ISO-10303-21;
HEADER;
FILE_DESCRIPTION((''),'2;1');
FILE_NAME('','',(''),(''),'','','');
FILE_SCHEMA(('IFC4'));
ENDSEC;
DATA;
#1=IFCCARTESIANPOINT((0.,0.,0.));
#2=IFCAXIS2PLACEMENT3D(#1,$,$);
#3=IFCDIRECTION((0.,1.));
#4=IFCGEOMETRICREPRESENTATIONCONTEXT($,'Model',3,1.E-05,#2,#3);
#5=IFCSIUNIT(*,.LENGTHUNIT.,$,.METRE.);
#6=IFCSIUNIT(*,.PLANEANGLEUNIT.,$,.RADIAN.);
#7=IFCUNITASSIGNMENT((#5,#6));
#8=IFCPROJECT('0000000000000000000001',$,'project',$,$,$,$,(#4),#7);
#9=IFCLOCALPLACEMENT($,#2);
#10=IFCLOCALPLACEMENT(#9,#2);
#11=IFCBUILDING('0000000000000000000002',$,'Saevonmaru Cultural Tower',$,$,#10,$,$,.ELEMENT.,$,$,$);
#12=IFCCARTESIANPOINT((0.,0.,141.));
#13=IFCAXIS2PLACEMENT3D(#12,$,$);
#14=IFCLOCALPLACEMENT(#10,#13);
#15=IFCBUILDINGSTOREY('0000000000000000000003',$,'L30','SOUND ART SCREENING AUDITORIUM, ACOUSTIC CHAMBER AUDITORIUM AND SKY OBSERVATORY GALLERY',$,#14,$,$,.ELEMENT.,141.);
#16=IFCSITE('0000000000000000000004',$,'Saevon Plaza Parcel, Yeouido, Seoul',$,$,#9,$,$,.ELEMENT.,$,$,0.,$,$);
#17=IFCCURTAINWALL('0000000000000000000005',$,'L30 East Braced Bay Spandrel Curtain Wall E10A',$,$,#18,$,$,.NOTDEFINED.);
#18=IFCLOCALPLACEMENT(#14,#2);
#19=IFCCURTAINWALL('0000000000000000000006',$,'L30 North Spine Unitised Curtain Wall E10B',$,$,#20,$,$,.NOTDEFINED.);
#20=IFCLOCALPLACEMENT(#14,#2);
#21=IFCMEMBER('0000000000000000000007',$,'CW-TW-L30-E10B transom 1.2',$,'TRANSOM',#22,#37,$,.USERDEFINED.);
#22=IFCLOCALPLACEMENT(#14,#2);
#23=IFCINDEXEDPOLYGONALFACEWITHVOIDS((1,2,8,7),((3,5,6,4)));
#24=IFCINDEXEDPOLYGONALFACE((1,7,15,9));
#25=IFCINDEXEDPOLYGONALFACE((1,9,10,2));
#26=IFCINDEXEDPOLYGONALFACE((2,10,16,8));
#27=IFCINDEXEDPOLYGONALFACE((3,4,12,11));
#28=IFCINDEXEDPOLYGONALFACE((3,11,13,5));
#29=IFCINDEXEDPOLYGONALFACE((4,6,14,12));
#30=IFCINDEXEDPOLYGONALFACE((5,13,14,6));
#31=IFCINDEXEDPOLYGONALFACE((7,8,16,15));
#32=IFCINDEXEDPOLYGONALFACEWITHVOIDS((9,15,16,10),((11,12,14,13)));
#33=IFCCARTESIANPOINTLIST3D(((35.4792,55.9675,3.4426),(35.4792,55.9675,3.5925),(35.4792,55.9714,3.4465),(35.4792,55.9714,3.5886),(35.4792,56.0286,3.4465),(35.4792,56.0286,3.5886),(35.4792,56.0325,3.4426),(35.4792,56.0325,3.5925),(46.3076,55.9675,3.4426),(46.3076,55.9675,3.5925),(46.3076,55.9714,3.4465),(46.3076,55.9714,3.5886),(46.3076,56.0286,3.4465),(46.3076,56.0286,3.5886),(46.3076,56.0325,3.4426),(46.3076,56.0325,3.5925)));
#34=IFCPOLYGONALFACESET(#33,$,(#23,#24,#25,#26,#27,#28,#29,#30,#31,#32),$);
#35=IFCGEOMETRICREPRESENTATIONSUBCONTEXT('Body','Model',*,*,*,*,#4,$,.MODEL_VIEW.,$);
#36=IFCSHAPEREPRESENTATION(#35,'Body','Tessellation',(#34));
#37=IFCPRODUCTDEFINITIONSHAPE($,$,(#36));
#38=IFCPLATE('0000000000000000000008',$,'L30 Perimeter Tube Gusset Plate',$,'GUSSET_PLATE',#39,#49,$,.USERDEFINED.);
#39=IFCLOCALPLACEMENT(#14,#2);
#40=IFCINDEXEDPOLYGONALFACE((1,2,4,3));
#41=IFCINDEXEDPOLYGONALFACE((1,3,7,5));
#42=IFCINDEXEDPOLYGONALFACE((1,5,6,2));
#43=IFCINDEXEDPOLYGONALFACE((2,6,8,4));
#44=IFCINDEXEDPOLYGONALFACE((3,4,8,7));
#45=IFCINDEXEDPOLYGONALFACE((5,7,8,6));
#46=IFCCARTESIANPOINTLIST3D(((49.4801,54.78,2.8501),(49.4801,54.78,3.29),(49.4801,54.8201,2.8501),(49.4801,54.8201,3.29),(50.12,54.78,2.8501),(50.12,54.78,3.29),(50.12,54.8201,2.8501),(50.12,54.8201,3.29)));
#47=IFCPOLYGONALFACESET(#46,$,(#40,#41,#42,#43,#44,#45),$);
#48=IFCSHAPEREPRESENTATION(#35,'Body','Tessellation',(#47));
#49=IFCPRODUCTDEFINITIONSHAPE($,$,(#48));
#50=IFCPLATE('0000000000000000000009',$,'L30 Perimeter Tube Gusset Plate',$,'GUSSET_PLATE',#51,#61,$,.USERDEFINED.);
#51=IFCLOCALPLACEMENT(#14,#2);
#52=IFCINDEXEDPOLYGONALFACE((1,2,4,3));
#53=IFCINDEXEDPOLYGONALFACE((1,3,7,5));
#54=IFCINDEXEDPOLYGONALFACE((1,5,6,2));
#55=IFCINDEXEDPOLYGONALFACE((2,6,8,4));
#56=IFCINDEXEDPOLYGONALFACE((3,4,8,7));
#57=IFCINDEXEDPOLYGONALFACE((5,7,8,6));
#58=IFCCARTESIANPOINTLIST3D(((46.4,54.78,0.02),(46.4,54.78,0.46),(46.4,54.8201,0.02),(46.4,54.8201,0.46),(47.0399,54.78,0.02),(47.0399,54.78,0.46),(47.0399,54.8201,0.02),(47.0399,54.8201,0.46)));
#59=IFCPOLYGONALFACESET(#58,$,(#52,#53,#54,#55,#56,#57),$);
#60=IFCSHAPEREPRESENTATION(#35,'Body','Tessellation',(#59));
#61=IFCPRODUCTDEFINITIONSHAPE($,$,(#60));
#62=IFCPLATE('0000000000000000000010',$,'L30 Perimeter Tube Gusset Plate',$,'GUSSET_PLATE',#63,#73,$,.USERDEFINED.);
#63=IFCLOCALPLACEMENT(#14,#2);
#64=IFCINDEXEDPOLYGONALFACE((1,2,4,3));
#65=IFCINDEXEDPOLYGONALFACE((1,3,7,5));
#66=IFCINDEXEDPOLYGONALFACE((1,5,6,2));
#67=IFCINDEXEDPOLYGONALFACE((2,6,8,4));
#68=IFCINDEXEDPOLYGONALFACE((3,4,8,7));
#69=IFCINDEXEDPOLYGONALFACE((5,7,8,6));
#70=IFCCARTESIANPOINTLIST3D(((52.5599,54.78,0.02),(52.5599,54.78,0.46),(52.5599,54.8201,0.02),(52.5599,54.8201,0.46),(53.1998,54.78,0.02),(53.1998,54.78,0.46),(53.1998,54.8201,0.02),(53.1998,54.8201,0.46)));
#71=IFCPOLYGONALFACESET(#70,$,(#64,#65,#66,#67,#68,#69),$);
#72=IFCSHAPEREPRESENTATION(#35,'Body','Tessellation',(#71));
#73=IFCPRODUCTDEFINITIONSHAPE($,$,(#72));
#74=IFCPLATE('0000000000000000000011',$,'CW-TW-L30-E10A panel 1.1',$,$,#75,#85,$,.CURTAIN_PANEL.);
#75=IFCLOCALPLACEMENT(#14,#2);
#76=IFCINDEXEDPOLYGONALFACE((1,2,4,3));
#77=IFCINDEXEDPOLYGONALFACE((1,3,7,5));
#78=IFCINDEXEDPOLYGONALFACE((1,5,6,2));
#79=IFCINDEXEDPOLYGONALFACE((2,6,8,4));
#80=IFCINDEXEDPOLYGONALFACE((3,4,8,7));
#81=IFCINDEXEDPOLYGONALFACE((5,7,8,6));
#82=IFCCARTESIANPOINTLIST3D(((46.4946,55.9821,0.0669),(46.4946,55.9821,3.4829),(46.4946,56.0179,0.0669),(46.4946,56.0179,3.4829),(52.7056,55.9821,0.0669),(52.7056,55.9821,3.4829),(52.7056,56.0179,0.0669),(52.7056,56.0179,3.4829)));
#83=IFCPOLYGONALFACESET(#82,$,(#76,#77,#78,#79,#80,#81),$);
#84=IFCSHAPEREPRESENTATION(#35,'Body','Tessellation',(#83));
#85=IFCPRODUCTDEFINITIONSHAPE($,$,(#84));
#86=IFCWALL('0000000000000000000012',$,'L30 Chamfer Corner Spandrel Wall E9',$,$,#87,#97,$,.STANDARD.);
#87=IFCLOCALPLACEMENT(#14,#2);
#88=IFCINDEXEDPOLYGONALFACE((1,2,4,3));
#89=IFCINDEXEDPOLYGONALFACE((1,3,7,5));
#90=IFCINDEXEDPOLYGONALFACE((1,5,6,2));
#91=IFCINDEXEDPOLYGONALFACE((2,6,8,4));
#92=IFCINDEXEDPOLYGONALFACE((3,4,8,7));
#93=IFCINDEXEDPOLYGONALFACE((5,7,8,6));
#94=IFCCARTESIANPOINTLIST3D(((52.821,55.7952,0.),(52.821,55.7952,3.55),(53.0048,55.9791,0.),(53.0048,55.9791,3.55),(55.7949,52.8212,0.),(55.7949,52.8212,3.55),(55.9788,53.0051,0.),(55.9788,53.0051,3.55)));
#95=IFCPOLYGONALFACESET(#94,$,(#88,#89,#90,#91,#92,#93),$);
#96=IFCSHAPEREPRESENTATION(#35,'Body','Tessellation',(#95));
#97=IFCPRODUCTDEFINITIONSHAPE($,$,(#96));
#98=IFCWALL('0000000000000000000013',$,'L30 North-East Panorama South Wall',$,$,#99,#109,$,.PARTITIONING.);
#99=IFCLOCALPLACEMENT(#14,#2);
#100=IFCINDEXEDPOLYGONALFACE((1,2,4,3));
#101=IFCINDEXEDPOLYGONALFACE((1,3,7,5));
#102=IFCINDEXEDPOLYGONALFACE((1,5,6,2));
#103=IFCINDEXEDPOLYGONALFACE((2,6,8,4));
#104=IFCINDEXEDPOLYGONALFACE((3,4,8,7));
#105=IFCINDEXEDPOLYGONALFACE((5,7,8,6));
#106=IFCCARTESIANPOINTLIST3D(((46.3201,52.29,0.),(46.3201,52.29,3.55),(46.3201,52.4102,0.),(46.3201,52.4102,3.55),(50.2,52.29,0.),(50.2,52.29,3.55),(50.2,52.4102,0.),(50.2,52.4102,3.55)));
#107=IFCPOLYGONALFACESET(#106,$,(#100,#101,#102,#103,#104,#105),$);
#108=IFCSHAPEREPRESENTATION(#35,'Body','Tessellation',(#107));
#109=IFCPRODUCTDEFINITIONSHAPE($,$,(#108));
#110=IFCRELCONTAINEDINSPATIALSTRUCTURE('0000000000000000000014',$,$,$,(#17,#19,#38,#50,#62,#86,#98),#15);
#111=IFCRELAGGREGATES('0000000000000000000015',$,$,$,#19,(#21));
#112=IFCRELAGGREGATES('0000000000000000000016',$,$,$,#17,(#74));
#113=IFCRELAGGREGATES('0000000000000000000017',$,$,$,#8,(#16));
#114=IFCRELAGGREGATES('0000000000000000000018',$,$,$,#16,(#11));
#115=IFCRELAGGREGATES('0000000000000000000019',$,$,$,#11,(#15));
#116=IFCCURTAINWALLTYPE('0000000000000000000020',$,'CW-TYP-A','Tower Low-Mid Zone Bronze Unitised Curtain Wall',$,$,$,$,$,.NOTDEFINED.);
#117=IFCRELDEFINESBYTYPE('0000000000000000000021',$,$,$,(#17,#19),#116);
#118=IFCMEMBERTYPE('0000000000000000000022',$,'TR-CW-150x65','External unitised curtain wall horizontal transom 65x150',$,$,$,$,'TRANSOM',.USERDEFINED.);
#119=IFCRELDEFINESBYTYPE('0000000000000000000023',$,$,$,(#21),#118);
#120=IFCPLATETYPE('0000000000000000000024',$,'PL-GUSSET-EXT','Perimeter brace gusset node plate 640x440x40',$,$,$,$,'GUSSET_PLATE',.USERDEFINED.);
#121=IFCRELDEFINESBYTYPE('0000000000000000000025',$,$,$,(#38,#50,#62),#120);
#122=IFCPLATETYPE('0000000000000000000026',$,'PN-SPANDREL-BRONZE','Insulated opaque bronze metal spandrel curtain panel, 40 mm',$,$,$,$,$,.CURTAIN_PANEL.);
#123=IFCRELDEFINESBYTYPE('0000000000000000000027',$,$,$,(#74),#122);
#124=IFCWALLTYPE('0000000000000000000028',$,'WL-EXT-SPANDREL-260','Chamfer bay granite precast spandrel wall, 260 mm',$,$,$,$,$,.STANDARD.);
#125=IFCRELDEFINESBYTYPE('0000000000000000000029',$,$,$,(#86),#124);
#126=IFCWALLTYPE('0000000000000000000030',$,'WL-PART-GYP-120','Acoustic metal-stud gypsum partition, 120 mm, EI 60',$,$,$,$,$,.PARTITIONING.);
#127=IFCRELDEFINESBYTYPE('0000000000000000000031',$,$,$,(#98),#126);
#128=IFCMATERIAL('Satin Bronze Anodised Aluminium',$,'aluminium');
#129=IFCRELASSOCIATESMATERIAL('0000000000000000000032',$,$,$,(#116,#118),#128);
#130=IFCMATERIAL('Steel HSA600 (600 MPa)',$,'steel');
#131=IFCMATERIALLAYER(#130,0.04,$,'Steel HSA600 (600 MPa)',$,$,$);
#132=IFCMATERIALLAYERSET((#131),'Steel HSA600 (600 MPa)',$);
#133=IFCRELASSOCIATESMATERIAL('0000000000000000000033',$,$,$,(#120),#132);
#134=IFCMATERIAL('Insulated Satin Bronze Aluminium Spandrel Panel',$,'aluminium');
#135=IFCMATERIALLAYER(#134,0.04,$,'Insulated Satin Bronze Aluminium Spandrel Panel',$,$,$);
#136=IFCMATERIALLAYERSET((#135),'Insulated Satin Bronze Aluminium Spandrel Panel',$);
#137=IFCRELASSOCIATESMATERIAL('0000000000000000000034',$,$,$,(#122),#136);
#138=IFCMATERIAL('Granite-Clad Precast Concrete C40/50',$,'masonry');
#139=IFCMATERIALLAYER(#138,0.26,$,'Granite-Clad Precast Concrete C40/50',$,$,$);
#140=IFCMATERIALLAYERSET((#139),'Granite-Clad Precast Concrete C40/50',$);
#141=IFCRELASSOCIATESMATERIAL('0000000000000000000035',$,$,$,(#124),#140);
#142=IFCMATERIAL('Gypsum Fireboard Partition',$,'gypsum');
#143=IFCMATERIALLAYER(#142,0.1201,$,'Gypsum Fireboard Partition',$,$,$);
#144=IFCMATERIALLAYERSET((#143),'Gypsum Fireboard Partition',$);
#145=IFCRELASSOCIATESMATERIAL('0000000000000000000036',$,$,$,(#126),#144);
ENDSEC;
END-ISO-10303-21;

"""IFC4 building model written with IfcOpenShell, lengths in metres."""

from ifc_helpers import new_model, si_unit, direction, frame, frame_2d, origin, origin_2d, place, context, subcontext, project, spatial, rectangle, hollow_rectangle, extrude, material, layer, layer_set, material_profile, profile_set, type_object, element, aggregate, save


model = new_model("IFC4")

# Units and contexts
model_context = context("Model", 3, precision=1e-05, world=origin(), true_north=direction((0.0, 1.0)))
body_context = subcontext(model_context, "Body", "Model", "MODEL_VIEW")
ifc_project = project(units=[si_unit("LENGTHUNIT", "METRE"), si_unit("PLANEANGLEUNIT", "RADIAN")], contexts=[model_context])

# Site, building, storey
site_placement = place(None, origin())
site = spatial("IfcSite", under=ifc_project, at=site_placement, Name="Saevon Plaza Parcel, Yeouido, Seoul", CompositionType="ELEMENT", RefElevation=0.0)
building_placement = place(site_placement, origin())
building = spatial("IfcBuilding", under=site, at=building_placement, Name="Saevonmaru Cultural Tower", CompositionType="ELEMENT")
storey_placement = place(building_placement, frame((0.0, 0.0, 141.0)))
storey = spatial("IfcBuildingStorey", under=building, at=storey_placement, Name="L30", Description="SOUND ART SCREENING AUDITORIUM, ACOUSTIC CHAMBER AUDITORIUM AND SKY OBSERVATORY GALLERY", CompositionType="ELEMENT", Elevation=141.0)

# Shared definitions
ifc_material_1 = material(Name="Satin Bronze Anodised Aluminium", Category="aluminium")
curtain_wall_type = type_object("IfcCurtainWallType", Name="CW-TYP-A", Description="Tower Low-Mid Zone Bronze Unitised Curtain Wall", PredefinedType="NOTDEFINED", material=ifc_material_1)

# Curtain wall
curtain_wall_1_placement = place(storey_placement, origin())
curtain_wall_1 = element("IfcCurtainWall", 1, at=curtain_wall_1_placement, inside=storey, type_object=curtain_wall_type, Name="L30 East Braced Bay Spandrel Curtain Wall E10A", PredefinedType="NOTDEFINED")

# Curtain wall
curtain_wall_2_placement = place(storey_placement, origin())
curtain_wall_2 = element("IfcCurtainWall", 2, at=curtain_wall_2_placement, inside=storey, type_object=curtain_wall_type, Name="L30 North Spine Unitised Curtain Wall E10B", PredefinedType="NOTDEFINED")

# Member
ifc_material_profile_1 = material_profile(ifc_material_1, hollow_rectangle(XDim=0.0649, YDim=0.1499, WallThickness=0.0039, at=origin_2d()), Name="ALU-TRAN-150x65x4")
ifc_profile_set_1 = profile_set([ifc_material_profile_1], Name="Satin Bronze Anodised Aluminium")
member_type_1 = type_object("IfcMemberType", Name="TR-CW-150x65", Description="External unitised curtain wall horizontal transom 65x150", ElementType="TRANSOM", PredefinedType="USERDEFINED", material=ifc_profile_set_1)
member_1_placement = place(storey_placement, frame((46.3076, 56.0, 3.5176), z_axis=(-1.0, 0.0, 0.0), x_axis=(0.0, -1.0, 0.0)))
member_1 = element("IfcMember", 3, at=member_1_placement, type_object=member_type_1, Name="CW-TW-L30-E10B transom 1.2", ObjectType="TRANSOM", PredefinedType="USERDEFINED", context=body_context, shape_type="SweptSolid", body=[
    extrude(hollow_rectangle(XDim=0.0649, YDim=0.1499, WallThickness=0.0039, at=origin_2d()), origin(), (0.0, 0.0, 1.0), 10.8284),
])
aggregate(curtain_wall_2, [member_1])

# Plates
ifc_material_2 = material(Name="Steel HSA600 (600 MPa)", Category="steel")
ifc_layer_1 = layer(ifc_material_2, 0.04, Name="Steel HSA600 (600 MPa)")
ifc_layer_set_1 = layer_set([ifc_layer_1], Name="Steel HSA600 (600 MPa)")
plate_type_1 = type_object("IfcPlateType", Name="PL-GUSSET-EXT", Description="Perimeter brace gusset node plate 640x440x40", ElementType="GUSSET_PLATE", PredefinedType="USERDEFINED", material=ifc_layer_set_1)
for number, where, z_axis, x_axis, name in (
    (4, (49.8, 54.8, 2.8501), (0.0, 0.0, 1.0), (1.0, 0.0, 0.0), "L30 Perimeter Tube Gusset Plate"),
    (5, (46.72, 54.8, 0.02), (0.0, 0.0, 1.0), (1.0, 0.0, 0.0), "L30 Perimeter Tube Gusset Plate"),
    (6, (52.8799, 54.8, 0.02), (0.0, 0.0, 1.0), (1.0, 0.0, 0.0), "L30 Perimeter Tube Gusset Plate"),
):
    element("IfcPlate", number, at=place(storey_placement, frame(where, z_axis=z_axis, x_axis=x_axis)), inside=storey, type_object=plate_type_1, Name=name, ObjectType="GUSSET_PLATE", PredefinedType="USERDEFINED", context=body_context, shape_type="SweptSolid", body=[
        extrude(rectangle(XDim=0.6399, YDim=0.04, at=origin_2d()), origin(), (0.0, 0.0, 1.0), 0.4399),
    ])

# Plate
ifc_material_3 = material(Name="Insulated Satin Bronze Aluminium Spandrel Panel", Category="aluminium")
ifc_layer_2 = layer(ifc_material_3, 0.04, Name="Insulated Satin Bronze Aluminium Spandrel Panel")
ifc_layer_set_2 = layer_set([ifc_layer_2], Name="Insulated Satin Bronze Aluminium Spandrel Panel")
plate_type_2 = type_object("IfcPlateType", Name="PN-SPANDREL-BRONZE", Description="Insulated opaque bronze metal spandrel curtain panel, 40 mm", PredefinedType="CURTAIN_PANEL", material=ifc_layer_set_2)
plate_placement = place(storey_placement, frame((49.6001, 56.0, 0.0669), z_axis=(0.0, 0.0, 1.0), x_axis=(-1.0, 0.0, 0.0)))
plate = element("IfcPlate", 7, at=plate_placement, type_object=plate_type_2, Name="CW-TW-L30-E10A panel 1.1", PredefinedType="CURTAIN_PANEL", context=body_context, shape_type="SweptSolid", body=[
    extrude(rectangle(XDim=6.2109, YDim=0.0359, at=origin_2d()), origin(), (0.0, 0.0, 1.0), 3.416),
])
aggregate(curtain_wall_1, [plate])

# Wall
ifc_material_4 = material(Name="Granite-Clad Precast Concrete C40/50", Category="masonry")
ifc_layer_3 = layer(ifc_material_4, 0.26, Name="Granite-Clad Precast Concrete C40/50")
ifc_layer_set_3 = layer_set([ifc_layer_3], Name="Granite-Clad Precast Concrete C40/50")
wall_type_1 = type_object("IfcWallType", Name="WL-EXT-SPANDREL-260", Description="Chamfer bay granite precast spandrel wall, 260 mm", PredefinedType="STANDARD", material=ifc_layer_set_3)
wall_1_placement = place(storey_placement, frame((55.887, 52.9131, 0.0), z_axis=(0.0, 0.0, 1.0), x_axis=(-0.707107, 0.707107, 0.0)))
element("IfcWall", 8, at=wall_1_placement, inside=storey, type_object=wall_type_1, Name="L30 Chamfer Corner Spandrel Wall E9", PredefinedType="STANDARD", context=body_context, shape_type="SweptSolid", body=[
    extrude(rectangle(XDim=4.2058, YDim=0.26, at=frame_2d((2.103, 0.0))), origin(), (0.0, 0.0, 1.0), 3.55),
])

# Shared definitions
ifc_material_5 = material(Name="Gypsum Fireboard Partition", Category="gypsum")

# Wall
ifc_layer_4 = layer(ifc_material_5, 0.1201, Name="Gypsum Fireboard Partition")
ifc_layer_set_4 = layer_set([ifc_layer_4], Name="Gypsum Fireboard Partition")
wall_type_2 = type_object("IfcWallType", Name="WL-PART-GYP-120", Description="Acoustic metal-stud gypsum partition, 120 mm, EI 60", PredefinedType="PARTITIONING", material=ifc_layer_set_4)
wall_2_placement = place(storey_placement, frame((46.3201, 52.3501, 0.0), z_axis=(0.0, 0.0, 1.0), x_axis=(1.0, 0.0, 0.0)))
element("IfcWall", 9, at=wall_2_placement, inside=storey, type_object=wall_type_2, Name="L30 North-East Panorama South Wall", PredefinedType="PARTITIONING", context=body_context, shape_type="SweptSolid", body=[
    extrude(rectangle(XDim=3.8799, YDim=0.1201, at=frame_2d((1.9399, 0.0))), origin(), (0.0, 0.0, 1.0), 3.55),
])

save(model, "model.ifc")
